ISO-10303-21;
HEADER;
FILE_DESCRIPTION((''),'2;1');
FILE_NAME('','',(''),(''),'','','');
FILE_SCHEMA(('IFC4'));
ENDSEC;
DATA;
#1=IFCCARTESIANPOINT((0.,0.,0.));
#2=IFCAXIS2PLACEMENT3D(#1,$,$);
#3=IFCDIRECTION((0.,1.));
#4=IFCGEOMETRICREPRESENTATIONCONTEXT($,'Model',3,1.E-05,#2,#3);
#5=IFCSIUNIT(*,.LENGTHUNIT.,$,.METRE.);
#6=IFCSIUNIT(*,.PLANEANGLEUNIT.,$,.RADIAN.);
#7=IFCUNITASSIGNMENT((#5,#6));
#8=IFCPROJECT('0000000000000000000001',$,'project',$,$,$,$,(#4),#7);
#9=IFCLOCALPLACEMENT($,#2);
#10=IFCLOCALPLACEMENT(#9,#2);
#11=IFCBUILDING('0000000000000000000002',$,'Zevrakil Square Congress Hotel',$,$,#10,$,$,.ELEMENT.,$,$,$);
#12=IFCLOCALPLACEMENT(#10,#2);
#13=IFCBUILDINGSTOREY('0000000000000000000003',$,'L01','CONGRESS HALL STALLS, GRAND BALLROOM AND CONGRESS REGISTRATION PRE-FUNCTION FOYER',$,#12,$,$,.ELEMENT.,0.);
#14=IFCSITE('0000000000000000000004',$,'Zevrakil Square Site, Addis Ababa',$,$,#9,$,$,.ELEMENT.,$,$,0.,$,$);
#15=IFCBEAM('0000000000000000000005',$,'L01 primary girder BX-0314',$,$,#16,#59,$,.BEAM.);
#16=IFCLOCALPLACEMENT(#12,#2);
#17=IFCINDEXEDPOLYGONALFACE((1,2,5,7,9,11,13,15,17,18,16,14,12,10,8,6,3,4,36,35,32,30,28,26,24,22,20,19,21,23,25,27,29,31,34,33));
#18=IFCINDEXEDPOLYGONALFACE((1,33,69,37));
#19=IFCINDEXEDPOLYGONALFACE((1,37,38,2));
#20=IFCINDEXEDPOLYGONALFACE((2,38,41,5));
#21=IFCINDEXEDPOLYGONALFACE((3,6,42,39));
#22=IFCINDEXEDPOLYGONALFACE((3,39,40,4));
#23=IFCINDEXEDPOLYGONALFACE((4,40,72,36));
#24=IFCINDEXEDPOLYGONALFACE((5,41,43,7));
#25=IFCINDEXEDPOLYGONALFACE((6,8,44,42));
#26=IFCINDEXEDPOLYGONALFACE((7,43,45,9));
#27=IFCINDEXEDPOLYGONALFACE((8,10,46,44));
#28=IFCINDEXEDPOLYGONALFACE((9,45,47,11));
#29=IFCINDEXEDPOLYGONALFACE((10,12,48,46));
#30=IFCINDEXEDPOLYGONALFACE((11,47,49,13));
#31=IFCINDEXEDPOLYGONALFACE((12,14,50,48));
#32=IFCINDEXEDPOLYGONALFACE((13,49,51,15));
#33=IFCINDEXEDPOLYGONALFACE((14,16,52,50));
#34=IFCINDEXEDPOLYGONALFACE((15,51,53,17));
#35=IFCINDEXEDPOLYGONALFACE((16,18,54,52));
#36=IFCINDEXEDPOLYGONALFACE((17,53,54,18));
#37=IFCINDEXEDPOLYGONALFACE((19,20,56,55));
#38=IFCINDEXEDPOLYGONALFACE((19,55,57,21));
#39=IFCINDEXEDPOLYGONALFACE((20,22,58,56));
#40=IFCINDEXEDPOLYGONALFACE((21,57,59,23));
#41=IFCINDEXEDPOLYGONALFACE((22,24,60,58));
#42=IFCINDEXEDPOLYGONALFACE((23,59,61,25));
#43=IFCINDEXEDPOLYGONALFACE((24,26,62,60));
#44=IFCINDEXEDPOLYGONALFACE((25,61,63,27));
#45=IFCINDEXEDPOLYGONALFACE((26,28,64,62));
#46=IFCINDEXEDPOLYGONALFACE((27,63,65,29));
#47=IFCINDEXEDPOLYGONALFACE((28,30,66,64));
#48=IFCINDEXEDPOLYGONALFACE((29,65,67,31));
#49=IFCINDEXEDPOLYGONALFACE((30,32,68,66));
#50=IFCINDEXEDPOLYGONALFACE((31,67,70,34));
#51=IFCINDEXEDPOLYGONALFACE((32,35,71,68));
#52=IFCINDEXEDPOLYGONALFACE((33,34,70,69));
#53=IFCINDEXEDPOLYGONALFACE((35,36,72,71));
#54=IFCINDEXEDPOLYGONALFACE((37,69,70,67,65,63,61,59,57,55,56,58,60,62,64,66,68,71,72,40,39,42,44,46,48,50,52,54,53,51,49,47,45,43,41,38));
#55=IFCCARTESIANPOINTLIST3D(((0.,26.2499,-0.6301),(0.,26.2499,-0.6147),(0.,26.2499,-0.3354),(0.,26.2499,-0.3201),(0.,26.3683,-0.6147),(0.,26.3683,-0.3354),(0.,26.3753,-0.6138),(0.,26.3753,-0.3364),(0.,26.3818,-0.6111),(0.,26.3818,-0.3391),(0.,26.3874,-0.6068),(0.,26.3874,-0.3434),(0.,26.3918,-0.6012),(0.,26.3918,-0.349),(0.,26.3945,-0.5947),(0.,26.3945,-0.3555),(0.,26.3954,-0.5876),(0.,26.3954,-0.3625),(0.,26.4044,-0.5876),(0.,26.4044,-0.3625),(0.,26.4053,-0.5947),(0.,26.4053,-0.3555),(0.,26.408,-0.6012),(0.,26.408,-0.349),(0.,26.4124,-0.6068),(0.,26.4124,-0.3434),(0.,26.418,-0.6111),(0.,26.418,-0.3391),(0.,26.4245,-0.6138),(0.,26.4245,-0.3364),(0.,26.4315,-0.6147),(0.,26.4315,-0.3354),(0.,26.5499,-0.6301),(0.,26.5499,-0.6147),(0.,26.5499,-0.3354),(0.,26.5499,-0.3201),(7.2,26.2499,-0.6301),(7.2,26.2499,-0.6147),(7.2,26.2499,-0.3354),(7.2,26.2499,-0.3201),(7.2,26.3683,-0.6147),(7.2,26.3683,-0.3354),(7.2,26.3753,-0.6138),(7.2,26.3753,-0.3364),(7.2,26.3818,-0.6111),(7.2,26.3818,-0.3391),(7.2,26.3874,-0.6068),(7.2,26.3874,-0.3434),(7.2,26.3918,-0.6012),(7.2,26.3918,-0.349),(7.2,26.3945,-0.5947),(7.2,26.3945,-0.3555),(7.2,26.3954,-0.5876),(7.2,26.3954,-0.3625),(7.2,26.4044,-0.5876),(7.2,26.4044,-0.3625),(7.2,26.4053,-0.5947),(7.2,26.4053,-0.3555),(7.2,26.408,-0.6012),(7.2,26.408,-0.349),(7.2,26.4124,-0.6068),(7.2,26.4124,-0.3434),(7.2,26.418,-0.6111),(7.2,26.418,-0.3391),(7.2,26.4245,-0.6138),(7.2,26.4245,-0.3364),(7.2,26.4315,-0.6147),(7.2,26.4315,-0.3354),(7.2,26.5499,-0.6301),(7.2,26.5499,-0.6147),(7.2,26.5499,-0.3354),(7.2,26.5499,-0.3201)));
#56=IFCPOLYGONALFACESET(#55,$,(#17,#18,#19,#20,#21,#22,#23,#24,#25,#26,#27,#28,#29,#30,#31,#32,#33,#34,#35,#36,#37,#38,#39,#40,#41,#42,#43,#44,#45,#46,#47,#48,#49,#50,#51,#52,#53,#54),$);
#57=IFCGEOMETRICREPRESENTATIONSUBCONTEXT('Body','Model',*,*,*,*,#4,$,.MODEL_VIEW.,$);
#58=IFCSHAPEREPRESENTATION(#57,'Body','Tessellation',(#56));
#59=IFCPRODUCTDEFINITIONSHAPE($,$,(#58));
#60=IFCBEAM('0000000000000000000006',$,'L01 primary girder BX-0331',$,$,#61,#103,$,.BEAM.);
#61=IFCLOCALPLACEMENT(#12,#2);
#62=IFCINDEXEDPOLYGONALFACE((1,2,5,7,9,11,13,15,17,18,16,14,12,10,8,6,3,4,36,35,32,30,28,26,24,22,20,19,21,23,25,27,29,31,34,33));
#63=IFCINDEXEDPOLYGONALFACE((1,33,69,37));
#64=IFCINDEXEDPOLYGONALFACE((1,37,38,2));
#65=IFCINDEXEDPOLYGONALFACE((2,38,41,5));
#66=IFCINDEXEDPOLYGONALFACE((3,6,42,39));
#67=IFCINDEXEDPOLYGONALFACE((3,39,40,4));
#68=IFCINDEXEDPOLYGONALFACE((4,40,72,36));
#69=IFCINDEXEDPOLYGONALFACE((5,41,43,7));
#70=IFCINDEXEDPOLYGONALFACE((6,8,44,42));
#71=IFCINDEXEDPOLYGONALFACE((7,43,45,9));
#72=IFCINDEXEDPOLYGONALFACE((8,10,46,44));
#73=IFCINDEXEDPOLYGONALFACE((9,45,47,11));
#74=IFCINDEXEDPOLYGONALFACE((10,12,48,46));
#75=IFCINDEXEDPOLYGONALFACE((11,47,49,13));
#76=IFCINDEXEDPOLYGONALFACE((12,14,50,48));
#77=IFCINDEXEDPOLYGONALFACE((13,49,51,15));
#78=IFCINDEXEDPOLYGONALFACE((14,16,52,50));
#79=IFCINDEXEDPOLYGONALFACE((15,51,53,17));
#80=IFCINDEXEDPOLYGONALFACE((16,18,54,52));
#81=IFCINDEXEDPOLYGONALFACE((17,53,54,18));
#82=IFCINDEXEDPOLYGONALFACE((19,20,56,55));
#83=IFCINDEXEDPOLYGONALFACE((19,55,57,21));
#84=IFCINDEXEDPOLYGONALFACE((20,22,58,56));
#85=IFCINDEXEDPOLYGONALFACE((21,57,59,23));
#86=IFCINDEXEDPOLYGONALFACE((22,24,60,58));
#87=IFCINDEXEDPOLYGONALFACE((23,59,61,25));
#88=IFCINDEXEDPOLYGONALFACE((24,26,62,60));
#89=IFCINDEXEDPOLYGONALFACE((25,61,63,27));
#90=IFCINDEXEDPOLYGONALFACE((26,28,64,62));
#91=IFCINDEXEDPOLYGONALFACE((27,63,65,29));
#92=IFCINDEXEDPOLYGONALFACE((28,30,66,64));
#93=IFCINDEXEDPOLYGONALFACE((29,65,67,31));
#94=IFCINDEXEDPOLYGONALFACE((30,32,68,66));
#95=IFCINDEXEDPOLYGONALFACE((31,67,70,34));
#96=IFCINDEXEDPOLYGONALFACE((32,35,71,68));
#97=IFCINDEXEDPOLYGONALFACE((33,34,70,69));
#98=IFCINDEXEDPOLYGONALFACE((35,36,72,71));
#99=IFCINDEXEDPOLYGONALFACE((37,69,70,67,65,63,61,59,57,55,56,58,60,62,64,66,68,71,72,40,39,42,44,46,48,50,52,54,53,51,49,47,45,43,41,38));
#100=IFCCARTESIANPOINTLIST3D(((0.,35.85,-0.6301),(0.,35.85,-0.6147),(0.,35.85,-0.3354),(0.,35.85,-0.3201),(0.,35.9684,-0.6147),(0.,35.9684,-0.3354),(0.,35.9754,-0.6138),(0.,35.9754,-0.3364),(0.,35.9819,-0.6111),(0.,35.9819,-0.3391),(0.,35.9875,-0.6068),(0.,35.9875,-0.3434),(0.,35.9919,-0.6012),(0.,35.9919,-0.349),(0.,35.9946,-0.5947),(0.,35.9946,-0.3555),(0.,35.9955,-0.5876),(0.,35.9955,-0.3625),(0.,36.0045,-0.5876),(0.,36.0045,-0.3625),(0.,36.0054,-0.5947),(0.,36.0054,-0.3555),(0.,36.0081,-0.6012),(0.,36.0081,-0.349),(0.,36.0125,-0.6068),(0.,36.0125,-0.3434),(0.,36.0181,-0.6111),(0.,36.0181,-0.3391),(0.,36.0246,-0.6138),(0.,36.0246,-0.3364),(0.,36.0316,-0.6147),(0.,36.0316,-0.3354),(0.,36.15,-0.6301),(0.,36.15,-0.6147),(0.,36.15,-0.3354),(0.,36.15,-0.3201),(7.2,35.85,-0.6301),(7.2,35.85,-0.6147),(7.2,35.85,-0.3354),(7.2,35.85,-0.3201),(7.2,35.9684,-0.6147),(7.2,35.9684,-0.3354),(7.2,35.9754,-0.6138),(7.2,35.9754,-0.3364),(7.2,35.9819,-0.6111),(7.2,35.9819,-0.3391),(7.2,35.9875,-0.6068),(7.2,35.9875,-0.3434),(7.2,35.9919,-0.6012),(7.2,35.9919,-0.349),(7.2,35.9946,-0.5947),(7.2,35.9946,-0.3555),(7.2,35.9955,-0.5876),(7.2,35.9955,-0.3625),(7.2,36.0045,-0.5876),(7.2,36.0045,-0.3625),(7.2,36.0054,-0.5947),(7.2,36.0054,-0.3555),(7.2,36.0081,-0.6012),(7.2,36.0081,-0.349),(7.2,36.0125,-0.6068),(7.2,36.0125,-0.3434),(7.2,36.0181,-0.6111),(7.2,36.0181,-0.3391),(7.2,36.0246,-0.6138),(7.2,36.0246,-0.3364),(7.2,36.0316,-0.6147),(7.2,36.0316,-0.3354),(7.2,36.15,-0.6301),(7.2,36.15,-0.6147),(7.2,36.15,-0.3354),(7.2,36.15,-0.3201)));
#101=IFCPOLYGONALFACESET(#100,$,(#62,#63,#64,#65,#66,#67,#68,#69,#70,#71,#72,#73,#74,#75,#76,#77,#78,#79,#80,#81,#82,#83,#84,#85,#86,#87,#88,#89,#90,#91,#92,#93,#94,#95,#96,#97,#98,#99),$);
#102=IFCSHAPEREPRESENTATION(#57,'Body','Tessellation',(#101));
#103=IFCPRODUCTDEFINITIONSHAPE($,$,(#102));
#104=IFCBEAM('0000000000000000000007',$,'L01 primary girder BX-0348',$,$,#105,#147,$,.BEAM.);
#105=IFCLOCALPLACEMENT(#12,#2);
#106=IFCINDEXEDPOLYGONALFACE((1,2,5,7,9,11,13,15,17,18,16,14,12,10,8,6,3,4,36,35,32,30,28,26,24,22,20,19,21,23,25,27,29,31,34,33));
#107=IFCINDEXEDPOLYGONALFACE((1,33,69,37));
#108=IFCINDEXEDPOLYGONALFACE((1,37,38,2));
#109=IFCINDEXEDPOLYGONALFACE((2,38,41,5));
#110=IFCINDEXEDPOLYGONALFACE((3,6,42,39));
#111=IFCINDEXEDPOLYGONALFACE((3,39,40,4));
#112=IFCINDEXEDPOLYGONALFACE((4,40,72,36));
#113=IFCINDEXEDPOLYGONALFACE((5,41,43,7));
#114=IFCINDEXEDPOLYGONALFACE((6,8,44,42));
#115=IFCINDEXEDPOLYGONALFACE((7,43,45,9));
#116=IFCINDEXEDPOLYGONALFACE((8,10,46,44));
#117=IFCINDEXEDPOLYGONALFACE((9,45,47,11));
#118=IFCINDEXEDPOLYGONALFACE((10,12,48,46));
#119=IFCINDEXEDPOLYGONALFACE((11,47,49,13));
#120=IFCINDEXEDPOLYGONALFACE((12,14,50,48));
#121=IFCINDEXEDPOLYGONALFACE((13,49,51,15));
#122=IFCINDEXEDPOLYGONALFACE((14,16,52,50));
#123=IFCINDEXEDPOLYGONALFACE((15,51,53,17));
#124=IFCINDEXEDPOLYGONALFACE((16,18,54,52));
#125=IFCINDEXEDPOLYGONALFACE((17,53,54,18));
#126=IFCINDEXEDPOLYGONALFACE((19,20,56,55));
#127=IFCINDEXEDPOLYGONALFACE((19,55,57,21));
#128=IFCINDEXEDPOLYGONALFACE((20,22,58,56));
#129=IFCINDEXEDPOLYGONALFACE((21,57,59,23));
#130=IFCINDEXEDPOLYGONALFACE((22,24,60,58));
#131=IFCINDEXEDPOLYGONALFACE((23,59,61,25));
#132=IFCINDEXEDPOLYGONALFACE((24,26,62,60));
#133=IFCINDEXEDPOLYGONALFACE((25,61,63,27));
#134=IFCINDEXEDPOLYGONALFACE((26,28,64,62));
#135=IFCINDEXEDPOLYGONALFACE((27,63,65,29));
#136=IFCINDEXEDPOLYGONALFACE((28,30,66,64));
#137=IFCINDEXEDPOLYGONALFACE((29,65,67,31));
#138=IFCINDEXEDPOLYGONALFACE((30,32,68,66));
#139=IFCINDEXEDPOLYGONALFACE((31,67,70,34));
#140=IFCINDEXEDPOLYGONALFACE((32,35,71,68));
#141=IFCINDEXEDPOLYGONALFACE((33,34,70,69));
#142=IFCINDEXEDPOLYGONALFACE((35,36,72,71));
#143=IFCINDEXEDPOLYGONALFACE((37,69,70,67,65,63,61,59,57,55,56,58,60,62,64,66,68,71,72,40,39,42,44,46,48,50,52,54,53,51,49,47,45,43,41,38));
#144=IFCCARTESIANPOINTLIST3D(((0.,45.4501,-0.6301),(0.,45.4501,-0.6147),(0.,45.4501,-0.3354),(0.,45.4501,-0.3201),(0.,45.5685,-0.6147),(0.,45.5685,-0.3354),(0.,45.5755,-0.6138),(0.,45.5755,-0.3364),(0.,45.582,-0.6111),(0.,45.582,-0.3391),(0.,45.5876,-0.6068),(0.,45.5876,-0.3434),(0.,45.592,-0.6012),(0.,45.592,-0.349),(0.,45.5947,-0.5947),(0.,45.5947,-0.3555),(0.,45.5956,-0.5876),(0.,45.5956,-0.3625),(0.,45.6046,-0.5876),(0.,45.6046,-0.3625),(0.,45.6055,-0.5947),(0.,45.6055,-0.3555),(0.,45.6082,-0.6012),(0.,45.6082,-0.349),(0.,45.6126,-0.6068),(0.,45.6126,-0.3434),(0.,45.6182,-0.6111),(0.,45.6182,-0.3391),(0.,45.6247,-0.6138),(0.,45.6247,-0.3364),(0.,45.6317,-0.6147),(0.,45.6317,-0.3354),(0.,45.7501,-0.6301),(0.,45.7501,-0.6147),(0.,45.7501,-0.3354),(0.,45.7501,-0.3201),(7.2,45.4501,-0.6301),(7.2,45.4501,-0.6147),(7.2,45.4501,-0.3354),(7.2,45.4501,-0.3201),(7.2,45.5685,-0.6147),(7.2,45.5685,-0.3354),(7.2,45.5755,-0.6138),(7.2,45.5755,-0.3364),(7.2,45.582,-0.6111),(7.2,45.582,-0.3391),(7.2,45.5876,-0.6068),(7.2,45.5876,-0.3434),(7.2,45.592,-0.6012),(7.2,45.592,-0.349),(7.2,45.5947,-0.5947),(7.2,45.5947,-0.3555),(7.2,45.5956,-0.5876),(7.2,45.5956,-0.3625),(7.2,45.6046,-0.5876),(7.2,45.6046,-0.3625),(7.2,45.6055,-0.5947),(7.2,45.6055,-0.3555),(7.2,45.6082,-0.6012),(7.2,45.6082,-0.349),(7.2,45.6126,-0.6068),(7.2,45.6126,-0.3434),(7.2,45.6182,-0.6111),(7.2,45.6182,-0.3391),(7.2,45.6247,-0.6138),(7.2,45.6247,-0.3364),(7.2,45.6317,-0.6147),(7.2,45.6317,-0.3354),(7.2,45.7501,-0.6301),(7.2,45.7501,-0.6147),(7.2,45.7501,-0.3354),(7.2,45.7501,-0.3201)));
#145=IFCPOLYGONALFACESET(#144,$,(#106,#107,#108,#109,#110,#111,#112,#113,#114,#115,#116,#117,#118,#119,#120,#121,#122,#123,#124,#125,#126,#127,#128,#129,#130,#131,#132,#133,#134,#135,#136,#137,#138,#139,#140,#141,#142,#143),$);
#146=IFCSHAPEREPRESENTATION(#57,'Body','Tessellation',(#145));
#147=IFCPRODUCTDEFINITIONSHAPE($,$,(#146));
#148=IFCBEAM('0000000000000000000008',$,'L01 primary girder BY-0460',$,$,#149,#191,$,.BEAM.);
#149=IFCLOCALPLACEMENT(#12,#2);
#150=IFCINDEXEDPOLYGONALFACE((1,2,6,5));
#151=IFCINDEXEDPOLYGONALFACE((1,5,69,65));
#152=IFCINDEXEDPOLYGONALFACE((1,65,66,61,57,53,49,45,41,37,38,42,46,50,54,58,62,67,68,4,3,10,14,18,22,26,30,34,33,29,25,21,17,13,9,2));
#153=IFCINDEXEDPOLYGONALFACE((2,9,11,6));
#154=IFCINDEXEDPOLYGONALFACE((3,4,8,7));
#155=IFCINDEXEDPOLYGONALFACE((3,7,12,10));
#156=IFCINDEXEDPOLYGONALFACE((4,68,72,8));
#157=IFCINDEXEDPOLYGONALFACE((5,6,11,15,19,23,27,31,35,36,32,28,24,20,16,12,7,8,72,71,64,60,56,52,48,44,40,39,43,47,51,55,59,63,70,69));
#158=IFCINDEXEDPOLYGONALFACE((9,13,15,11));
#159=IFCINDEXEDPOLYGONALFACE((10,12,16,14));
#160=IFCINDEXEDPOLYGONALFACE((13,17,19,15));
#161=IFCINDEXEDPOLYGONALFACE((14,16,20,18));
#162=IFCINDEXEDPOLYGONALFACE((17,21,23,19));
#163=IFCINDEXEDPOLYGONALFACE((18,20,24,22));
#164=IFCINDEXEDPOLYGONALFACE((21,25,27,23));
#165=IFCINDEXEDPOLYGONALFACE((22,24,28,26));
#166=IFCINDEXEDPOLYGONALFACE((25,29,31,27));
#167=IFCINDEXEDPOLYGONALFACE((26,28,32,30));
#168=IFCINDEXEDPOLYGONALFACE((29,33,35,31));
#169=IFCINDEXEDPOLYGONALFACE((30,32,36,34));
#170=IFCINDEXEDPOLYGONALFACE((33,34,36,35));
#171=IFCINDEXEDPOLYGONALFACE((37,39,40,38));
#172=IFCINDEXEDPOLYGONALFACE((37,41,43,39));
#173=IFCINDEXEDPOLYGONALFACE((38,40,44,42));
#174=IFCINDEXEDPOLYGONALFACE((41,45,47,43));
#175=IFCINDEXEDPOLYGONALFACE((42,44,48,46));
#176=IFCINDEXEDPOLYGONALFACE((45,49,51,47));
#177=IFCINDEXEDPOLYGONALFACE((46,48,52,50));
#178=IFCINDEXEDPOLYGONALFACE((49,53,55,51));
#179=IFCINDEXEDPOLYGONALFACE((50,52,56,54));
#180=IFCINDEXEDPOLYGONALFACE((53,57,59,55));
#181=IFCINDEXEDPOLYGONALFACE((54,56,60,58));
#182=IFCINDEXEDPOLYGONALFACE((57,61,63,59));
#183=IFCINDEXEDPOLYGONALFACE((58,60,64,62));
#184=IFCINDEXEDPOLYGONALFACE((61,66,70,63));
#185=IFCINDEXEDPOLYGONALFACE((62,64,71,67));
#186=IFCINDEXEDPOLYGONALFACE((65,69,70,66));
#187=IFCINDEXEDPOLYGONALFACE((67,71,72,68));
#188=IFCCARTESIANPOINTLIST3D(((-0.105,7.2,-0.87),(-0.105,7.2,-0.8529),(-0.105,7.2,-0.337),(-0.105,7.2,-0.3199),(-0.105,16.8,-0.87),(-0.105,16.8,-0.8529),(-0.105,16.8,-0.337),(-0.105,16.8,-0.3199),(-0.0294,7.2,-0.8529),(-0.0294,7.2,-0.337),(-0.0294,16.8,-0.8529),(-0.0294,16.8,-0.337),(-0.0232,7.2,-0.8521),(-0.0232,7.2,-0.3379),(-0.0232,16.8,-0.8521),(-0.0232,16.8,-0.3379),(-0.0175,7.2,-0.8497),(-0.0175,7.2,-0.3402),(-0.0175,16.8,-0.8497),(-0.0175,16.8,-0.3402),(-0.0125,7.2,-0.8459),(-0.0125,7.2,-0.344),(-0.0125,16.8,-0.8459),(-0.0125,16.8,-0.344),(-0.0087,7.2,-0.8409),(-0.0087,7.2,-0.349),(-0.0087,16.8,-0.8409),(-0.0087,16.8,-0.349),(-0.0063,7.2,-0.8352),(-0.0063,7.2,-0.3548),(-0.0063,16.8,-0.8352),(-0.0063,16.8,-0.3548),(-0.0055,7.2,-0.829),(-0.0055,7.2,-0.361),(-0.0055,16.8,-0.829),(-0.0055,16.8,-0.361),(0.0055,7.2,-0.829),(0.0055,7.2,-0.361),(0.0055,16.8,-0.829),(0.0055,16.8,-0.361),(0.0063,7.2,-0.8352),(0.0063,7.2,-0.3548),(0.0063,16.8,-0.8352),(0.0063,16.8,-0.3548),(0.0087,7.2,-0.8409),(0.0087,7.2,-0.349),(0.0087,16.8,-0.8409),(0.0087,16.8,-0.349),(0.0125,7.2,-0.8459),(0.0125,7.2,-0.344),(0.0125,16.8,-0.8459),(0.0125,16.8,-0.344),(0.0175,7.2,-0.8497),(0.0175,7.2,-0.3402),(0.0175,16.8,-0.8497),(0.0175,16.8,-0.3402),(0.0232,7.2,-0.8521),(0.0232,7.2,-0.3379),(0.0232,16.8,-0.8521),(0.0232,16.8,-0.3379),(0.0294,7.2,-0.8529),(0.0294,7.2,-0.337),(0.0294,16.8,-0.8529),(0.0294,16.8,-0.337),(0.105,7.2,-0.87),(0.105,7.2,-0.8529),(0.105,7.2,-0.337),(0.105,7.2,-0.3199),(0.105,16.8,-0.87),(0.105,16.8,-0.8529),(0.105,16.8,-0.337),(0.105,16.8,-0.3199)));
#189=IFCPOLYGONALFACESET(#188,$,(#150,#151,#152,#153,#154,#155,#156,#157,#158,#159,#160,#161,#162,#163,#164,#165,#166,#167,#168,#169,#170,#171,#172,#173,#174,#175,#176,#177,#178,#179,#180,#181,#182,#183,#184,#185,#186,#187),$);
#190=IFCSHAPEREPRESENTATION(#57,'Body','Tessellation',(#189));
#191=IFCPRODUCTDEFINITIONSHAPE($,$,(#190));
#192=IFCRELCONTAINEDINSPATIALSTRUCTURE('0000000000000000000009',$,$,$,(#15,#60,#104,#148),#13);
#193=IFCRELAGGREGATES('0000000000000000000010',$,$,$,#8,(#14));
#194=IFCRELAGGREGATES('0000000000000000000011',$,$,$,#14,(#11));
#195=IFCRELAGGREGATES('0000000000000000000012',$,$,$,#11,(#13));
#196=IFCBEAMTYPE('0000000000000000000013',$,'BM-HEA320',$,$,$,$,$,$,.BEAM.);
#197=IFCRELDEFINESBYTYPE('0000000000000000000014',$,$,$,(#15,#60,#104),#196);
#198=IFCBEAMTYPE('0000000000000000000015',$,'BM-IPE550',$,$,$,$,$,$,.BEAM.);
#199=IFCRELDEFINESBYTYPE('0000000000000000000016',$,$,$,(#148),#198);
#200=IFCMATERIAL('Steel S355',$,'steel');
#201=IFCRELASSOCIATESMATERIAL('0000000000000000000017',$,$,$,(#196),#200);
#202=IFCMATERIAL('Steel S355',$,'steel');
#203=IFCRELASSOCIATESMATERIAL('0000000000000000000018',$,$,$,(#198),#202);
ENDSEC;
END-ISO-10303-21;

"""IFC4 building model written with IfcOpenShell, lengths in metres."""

from ifc_helpers import new_model, si_unit, direction, frame, origin, origin_2d, place, context, subcontext, project, spatial, i_section, extrude, material, material_profile, profile_set, type_object, element, save


model = new_model("IFC4")

# Units and contexts
model_context = context("Model", 3, precision=1e-05, world=origin(), true_north=direction((0.0, 1.0)))
body_context = subcontext(model_context, "Body", "Model", "MODEL_VIEW")
ifc_project = project(units=[si_unit("LENGTHUNIT", "METRE"), si_unit("PLANEANGLEUNIT", "RADIAN")], contexts=[model_context])

# Site, building, storey
site_placement = place(None, origin())
site = spatial("IfcSite", under=ifc_project, at=site_placement, Name="Zevrakil Square Site, Addis Ababa", CompositionType="ELEMENT", RefElevation=0.0)
building_placement = place(site_placement, origin())
building = spatial("IfcBuilding", under=site, at=building_placement, Name="Zevrakil Square Congress Hotel", CompositionType="ELEMENT")
storey_placement = place(building_placement, origin())
storey = spatial("IfcBuildingStorey", under=building, at=storey_placement, Name="L01", Description="CONGRESS HALL STALLS, GRAND BALLROOM AND CONGRESS REGISTRATION PRE-FUNCTION FOYER", CompositionType="ELEMENT", Elevation=0.0)

# Beams
ifc_material_1 = material(Name="Steel S355", Category="steel")
ifc_material_profile_1 = material_profile(ifc_material_1, i_section(OverallWidth=0.3, OverallDepth=0.3101, WebThickness=0.009, FlangeThickness=0.0154, FilletRadius=0.0271, at=origin_2d()), Name="HEA 320")
ifc_profile_set_1 = profile_set([ifc_material_profile_1], Name="Steel S355")
beam_type_1 = type_object("IfcBeamType", Name="BM-HEA320", PredefinedType="BEAM", material=ifc_profile_set_1)
for number, where, z_axis, x_axis, name in (
    (1, (0.0, 26.3999, -0.4751), (1.0, 0.0, 0.0), (0.0, 1.0, 0.0), "L01 primary girder BX-0314"),
    (2, (0.0, 36.0, -0.4751), (1.0, 0.0, 0.0), (0.0, 1.0, 0.0), "L01 primary girder BX-0331"),
    (3, (0.0, 45.6001, -0.4751), (1.0, 0.0, 0.0), (0.0, 1.0, 0.0), "L01 primary girder BX-0348"),
):
    element("IfcBeam", number, at=place(storey_placement, frame(where, z_axis=z_axis, x_axis=x_axis)), inside=storey, type_object=beam_type_1, Name=name, PredefinedType="BEAM", context=body_context, shape_type="SweptSolid", body=[
        extrude(i_section(OverallWidth=0.3, OverallDepth=0.3101, WebThickness=0.009, FlangeThickness=0.0154, FilletRadius=0.0271, at=origin_2d()), origin(), (0.0, 0.0, 1.0), 7.2),
    ])
ifc_material_2 = material(Name="Steel S355", Category="steel")
ifc_material_profile_2 = material_profile(ifc_material_2, i_section(OverallWidth=0.21, OverallDepth=0.55, WebThickness=0.011, FlangeThickness=0.0171, FilletRadius=0.0239, at=origin_2d()), Name="IPE 550")
ifc_profile_set_2 = profile_set([ifc_material_profile_2], Name="Steel S355")
beam_type_2 = type_object("IfcBeamType", Name="BM-IPE550", PredefinedType="BEAM", material=ifc_profile_set_2)
beam_1_placement = place(storey_placement, frame((0.0, 7.2, -0.595), z_axis=(0.0, 1.0, 0.0), x_axis=(-1.0, 0.0, 0.0)))
element("IfcBeam", 4, at=beam_1_placement, inside=storey, type_object=beam_type_2, Name="L01 primary girder BY-0460", PredefinedType="BEAM", context=body_context, shape_type="SweptSolid", body=[
    extrude(i_section(OverallWidth=0.21, OverallDepth=0.55, WebThickness=0.011, FlangeThickness=0.0171, FilletRadius=0.0239, at=origin_2d()), origin(), (0.0, 0.0, 1.0), 9.6001),
])

save(model, "model.ifc")
